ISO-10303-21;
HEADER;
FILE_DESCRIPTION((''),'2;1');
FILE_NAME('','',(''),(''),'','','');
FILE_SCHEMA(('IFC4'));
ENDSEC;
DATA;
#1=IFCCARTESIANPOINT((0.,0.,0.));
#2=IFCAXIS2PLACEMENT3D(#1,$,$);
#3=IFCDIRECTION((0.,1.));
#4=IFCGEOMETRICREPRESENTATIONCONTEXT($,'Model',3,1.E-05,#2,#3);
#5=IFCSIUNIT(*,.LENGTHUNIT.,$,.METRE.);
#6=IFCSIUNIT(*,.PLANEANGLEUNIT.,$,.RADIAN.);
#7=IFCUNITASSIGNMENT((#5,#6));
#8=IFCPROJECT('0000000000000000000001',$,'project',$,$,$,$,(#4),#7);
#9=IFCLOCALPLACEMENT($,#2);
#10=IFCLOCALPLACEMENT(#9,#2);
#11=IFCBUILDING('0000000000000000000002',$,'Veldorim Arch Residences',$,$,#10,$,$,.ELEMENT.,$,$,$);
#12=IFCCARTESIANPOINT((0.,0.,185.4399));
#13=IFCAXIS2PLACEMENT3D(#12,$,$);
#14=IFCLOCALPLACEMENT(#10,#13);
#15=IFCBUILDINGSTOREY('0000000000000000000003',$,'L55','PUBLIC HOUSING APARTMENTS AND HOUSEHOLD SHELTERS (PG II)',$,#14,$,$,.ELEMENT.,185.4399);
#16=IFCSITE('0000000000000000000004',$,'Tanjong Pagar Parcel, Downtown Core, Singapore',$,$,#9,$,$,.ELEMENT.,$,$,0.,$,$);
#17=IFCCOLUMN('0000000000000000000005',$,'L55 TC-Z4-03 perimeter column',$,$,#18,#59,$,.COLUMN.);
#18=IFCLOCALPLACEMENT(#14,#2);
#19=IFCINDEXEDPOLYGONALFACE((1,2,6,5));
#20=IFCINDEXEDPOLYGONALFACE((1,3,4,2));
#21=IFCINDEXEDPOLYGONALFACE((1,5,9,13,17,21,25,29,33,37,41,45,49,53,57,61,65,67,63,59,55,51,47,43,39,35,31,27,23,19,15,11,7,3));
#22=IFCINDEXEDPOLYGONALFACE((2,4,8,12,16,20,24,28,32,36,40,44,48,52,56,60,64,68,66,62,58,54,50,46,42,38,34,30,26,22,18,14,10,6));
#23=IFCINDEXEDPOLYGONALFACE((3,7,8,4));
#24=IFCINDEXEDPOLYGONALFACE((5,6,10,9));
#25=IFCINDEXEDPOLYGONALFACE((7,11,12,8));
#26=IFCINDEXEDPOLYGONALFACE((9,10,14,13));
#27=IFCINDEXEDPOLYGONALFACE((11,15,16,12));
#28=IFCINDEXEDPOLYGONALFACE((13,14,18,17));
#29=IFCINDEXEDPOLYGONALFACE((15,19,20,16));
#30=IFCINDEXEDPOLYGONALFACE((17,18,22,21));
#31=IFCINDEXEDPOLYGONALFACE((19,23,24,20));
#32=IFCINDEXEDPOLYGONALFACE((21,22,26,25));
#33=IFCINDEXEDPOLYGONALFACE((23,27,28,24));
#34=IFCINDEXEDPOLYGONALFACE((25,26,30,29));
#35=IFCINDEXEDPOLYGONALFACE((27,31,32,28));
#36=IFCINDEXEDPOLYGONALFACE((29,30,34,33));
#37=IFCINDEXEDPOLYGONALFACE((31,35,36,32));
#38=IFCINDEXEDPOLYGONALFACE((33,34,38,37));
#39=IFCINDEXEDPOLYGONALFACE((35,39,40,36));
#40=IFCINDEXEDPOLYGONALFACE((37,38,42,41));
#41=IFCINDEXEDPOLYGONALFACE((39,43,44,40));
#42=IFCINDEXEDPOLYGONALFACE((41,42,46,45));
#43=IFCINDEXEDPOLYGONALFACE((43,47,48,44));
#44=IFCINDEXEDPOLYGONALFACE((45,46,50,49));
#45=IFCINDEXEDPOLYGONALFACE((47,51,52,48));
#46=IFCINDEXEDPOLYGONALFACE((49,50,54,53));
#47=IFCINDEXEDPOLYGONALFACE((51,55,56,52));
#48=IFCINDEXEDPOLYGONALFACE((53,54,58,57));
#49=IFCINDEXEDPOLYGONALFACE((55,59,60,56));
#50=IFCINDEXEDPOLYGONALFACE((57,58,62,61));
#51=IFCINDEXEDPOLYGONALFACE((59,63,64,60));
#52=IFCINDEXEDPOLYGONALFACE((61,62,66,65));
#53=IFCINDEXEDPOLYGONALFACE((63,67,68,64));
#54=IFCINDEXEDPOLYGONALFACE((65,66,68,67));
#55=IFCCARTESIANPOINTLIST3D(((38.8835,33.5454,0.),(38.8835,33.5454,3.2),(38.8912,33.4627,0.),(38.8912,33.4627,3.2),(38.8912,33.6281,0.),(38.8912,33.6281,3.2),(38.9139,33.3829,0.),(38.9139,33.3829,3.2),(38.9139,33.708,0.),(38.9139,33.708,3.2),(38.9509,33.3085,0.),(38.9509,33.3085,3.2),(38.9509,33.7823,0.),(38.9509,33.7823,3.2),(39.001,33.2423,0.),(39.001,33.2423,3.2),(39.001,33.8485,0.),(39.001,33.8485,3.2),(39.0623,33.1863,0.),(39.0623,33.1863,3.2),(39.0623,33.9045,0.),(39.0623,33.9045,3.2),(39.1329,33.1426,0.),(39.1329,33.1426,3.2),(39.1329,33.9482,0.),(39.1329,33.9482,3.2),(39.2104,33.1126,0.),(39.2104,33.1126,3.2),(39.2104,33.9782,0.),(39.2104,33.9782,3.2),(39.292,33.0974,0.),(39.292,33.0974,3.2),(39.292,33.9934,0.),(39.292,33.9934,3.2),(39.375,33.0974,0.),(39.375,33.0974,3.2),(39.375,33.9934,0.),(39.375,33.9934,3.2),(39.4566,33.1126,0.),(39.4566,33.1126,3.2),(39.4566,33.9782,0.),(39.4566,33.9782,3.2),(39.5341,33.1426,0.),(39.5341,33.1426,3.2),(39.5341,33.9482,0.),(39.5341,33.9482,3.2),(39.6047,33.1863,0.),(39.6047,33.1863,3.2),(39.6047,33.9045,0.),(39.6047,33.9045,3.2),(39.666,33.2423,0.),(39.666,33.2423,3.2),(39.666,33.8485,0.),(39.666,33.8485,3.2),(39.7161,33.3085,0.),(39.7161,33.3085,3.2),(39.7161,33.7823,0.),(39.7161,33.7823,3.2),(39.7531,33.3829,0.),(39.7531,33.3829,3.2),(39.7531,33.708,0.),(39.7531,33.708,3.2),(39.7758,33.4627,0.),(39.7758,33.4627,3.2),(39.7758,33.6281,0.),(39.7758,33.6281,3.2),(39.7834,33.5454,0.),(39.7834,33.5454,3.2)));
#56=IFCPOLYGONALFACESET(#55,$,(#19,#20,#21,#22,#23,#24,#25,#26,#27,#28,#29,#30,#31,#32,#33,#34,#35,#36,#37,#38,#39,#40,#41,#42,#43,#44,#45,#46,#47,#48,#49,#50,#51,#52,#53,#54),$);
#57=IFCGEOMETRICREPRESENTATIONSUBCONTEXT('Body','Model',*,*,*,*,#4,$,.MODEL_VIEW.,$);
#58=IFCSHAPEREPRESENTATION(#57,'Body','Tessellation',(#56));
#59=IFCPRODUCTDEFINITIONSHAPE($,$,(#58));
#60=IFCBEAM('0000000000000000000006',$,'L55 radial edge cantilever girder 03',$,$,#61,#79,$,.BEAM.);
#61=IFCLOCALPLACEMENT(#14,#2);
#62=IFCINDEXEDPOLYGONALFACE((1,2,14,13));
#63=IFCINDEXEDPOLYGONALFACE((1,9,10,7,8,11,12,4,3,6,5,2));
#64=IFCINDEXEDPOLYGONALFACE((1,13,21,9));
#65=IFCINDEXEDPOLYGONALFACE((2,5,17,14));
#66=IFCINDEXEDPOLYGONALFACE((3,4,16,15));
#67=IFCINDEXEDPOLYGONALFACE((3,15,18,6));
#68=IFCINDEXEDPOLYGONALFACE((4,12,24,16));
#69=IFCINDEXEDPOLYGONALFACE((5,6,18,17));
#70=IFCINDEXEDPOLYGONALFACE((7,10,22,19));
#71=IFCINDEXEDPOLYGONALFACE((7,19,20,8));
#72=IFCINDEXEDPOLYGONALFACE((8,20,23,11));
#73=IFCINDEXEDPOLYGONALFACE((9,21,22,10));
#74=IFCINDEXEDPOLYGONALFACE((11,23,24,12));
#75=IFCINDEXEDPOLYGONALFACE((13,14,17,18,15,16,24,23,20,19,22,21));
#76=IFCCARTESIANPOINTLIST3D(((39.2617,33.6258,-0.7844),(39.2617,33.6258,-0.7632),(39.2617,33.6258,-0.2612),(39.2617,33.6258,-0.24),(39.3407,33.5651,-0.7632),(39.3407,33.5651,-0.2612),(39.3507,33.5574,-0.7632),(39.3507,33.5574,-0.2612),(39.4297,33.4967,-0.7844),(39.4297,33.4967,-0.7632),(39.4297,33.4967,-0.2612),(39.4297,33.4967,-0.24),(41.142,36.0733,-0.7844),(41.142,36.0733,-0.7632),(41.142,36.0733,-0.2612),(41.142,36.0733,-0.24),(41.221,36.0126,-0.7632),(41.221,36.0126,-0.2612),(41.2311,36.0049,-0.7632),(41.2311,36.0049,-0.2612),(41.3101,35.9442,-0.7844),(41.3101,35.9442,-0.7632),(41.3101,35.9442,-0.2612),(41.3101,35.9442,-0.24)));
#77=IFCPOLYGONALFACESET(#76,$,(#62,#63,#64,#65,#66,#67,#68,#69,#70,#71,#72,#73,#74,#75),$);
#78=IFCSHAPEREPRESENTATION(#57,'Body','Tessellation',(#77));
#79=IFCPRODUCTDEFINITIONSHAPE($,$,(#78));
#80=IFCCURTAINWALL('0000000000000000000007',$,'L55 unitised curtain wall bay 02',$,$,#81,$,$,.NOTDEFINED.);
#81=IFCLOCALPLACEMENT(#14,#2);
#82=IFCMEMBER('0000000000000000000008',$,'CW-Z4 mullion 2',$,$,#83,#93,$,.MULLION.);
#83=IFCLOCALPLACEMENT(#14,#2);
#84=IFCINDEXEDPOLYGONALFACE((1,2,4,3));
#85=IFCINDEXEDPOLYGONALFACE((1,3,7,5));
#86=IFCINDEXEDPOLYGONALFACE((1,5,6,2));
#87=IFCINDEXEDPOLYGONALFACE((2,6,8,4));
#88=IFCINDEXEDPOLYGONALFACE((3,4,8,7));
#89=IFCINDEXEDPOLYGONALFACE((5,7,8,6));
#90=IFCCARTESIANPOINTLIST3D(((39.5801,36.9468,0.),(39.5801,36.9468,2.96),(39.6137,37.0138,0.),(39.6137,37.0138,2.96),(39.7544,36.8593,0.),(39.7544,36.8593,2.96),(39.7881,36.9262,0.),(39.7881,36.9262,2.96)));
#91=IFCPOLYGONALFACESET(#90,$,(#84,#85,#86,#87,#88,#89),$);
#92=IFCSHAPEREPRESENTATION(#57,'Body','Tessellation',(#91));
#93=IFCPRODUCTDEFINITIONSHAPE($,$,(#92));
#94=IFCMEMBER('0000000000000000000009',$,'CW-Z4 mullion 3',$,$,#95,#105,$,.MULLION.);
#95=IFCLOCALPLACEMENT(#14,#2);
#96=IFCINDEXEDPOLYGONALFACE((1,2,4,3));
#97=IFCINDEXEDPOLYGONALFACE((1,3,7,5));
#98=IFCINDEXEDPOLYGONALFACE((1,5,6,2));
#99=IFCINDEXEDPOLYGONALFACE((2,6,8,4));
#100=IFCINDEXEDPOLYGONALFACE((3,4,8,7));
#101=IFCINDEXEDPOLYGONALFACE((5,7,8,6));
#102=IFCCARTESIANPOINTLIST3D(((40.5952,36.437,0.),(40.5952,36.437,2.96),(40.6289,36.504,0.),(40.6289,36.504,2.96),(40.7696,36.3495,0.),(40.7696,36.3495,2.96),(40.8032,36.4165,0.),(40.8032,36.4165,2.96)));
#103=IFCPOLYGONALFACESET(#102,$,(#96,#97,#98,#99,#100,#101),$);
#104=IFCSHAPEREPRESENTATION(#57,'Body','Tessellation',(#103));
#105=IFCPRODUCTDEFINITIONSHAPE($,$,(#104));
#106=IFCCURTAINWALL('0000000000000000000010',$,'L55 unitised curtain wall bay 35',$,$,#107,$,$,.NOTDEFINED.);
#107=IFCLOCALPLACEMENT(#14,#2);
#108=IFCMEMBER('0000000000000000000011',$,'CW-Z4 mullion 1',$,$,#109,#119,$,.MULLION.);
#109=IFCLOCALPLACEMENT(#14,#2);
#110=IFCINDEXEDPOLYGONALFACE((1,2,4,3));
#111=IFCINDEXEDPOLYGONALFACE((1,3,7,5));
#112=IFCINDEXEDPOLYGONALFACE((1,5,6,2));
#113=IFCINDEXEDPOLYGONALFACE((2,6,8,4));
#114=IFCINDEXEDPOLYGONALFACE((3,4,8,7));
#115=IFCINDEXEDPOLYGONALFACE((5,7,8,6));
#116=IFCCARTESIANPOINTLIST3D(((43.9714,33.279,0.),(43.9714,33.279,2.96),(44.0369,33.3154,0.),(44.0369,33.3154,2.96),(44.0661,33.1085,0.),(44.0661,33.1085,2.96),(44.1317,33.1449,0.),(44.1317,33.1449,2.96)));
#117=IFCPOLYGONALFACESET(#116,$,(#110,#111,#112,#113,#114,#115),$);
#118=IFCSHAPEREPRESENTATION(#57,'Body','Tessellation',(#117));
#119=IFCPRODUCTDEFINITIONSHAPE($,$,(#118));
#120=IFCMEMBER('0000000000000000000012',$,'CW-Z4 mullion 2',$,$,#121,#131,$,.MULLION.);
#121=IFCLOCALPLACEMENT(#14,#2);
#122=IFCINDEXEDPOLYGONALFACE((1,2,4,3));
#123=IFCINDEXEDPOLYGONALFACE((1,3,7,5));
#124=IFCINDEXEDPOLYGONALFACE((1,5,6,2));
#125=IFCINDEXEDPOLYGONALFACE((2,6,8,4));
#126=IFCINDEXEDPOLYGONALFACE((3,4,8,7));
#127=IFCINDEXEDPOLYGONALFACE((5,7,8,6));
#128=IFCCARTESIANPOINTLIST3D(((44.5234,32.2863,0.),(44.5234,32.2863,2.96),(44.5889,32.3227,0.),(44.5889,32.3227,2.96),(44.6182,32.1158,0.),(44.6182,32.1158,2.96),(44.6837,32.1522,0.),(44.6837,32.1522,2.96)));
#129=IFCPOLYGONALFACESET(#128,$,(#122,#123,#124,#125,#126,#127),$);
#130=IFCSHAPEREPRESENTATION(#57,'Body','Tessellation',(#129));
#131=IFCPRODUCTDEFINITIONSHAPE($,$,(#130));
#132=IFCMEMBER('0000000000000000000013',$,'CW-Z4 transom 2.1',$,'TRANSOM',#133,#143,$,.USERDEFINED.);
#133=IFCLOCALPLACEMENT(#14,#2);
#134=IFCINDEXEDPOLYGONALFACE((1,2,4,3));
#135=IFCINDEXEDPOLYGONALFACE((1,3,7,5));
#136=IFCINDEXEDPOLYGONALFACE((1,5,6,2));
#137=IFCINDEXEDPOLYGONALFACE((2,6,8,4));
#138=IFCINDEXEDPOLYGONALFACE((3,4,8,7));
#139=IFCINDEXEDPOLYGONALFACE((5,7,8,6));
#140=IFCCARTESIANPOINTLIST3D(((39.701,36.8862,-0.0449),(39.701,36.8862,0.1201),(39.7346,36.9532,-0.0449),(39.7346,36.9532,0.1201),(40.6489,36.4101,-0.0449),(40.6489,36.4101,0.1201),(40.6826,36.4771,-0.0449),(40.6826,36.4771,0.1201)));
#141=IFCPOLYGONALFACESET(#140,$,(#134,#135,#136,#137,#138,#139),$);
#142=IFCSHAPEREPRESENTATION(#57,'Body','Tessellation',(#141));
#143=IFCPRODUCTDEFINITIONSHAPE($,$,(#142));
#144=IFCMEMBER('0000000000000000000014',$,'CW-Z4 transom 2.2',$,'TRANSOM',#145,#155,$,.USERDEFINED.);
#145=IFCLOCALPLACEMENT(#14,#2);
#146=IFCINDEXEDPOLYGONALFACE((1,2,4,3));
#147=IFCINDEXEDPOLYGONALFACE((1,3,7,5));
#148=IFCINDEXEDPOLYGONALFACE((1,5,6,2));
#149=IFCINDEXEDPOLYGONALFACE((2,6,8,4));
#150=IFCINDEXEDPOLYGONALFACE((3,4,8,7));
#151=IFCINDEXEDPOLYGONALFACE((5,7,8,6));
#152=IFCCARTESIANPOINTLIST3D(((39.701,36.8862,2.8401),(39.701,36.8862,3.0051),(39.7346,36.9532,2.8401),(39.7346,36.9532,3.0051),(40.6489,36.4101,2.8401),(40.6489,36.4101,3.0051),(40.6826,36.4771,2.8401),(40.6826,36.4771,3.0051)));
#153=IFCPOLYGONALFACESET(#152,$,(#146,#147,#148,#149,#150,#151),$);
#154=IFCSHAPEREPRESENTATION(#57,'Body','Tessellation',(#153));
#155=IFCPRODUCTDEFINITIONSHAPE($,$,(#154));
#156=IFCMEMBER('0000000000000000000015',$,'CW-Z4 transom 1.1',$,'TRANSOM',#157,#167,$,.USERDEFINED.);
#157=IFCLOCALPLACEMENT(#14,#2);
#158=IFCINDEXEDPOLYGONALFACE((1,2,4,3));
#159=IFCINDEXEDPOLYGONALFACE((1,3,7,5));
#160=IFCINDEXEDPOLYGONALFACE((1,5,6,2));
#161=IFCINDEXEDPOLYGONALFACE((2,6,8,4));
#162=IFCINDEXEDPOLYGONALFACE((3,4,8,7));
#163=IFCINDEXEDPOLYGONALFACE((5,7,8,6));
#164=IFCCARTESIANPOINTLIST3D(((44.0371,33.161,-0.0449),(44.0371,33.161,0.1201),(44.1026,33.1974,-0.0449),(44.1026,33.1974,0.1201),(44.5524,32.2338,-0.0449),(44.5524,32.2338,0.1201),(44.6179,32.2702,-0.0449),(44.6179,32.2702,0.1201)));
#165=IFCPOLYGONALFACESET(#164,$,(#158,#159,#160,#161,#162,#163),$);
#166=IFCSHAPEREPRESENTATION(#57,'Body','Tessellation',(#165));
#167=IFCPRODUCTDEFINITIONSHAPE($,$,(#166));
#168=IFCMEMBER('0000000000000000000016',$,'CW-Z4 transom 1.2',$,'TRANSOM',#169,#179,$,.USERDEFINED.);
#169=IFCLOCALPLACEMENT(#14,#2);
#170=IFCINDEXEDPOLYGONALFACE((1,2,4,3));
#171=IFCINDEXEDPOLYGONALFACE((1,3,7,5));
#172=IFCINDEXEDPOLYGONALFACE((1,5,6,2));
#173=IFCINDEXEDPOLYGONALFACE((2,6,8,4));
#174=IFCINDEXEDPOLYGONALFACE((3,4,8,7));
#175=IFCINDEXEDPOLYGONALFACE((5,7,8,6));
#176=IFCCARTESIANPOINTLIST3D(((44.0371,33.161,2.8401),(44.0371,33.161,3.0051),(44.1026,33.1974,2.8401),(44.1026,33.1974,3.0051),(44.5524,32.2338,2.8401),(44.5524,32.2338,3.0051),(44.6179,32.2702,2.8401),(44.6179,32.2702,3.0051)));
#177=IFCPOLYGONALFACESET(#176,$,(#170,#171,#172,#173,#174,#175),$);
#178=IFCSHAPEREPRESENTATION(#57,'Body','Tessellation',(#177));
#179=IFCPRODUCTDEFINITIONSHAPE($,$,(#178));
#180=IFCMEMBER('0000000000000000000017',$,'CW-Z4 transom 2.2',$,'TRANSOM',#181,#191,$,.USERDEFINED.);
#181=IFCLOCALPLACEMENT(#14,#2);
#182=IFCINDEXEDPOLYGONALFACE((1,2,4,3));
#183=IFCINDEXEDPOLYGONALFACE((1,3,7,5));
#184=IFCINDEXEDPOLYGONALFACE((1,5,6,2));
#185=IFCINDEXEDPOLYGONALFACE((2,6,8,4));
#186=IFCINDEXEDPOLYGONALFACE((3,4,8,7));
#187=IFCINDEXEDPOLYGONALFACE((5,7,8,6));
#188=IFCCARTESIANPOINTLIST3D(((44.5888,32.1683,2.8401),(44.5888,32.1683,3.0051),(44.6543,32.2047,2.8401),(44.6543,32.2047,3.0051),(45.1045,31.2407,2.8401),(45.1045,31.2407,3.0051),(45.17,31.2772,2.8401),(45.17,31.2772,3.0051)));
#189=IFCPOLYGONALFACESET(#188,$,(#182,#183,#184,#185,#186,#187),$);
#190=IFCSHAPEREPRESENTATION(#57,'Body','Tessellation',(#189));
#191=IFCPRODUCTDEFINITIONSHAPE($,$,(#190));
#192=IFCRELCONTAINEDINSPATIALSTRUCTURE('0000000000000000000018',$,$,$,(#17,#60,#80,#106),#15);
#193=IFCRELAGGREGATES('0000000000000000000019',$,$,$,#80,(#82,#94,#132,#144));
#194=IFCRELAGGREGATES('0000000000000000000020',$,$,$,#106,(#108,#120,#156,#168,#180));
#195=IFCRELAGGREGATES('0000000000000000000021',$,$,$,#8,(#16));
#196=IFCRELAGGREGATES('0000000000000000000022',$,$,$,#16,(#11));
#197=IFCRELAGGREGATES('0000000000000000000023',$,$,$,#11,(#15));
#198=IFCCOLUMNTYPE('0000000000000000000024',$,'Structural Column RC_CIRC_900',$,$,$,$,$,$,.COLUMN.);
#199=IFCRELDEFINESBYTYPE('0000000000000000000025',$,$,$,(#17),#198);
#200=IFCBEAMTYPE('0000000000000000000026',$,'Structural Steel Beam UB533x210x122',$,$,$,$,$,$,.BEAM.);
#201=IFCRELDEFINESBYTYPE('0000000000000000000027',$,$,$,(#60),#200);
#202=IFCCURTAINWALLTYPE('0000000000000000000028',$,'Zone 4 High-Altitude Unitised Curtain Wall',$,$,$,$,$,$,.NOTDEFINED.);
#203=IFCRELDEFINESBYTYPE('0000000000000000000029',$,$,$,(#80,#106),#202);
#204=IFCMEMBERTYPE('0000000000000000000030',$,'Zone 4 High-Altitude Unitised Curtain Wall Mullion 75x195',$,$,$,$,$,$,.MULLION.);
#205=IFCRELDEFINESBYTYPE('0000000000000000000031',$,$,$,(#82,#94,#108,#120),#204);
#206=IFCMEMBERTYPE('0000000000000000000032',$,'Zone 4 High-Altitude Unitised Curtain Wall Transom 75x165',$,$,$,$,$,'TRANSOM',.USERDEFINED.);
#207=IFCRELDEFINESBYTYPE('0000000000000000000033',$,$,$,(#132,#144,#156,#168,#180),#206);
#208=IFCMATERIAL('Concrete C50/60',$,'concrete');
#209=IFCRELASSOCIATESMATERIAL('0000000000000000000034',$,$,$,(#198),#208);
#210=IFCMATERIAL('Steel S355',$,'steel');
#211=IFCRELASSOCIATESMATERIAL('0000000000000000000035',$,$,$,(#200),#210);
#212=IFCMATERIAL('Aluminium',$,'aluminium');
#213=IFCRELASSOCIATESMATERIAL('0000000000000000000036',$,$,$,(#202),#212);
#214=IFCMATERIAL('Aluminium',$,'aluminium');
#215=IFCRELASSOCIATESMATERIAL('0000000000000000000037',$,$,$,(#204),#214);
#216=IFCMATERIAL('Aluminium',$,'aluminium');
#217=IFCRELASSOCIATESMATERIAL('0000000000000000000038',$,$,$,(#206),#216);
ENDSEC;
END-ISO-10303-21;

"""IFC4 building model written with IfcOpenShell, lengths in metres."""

from ifc_helpers import new_model, si_unit, direction, frame, origin, origin_2d, place, context, subcontext, project, spatial, rectangle, circle, i_section, extrude, material, material_profile, profile_set, type_object, element, aggregate, save


model = new_model("IFC4")

# Units and contexts
model_context = context("Model", 3, precision=1e-05, world=origin(), true_north=direction((0.0, 1.0)))
body_context = subcontext(model_context, "Body", "Model", "MODEL_VIEW")
ifc_project = project(units=[si_unit("LENGTHUNIT", "METRE"), si_unit("PLANEANGLEUNIT", "RADIAN")], contexts=[model_context])

# Site, building, storey
site_placement = place(None, origin())
site = spatial("IfcSite", under=ifc_project, at=site_placement, Name="Tanjong Pagar Parcel, Downtown Core, Singapore", CompositionType="ELEMENT", RefElevation=0.0)
building_placement = place(site_placement, origin())
building = spatial("IfcBuilding", under=site, at=building_placement, Name="Veldorim Arch Residences", CompositionType="ELEMENT")
storey_placement = place(building_placement, frame((0.0, 0.0, 185.4399)))
storey = spatial("IfcBuildingStorey", under=building, at=storey_placement, Name="L55", Description="PUBLIC HOUSING APARTMENTS AND HOUSEHOLD SHELTERS (PG II)", CompositionType="ELEMENT", Elevation=185.4399)

# Column
ifc_material_1 = material(Name="Concrete C50/60", Category="concrete")
ifc_material_profile_1 = material_profile(ifc_material_1, circle(Radius=0.45, at=origin_2d()), Name="RC_CIRC_900")
ifc_profile_set_1 = profile_set([ifc_material_profile_1], Name="Concrete C50/60")
column_type = type_object("IfcColumnType", Name="Structural Column RC_CIRC_900", PredefinedType="COLUMN", material=ifc_profile_set_1)
column_placement = place(storey_placement, frame((39.3335, 33.5454, 0.0), z_axis=(0.0, 0.0, 1.0), x_axis=(1.0, 0.0, 0.0)))
element("IfcColumn", 1, at=column_placement, inside=storey, type_object=column_type, Name="L55 TC-Z4-03 perimeter column", PredefinedType="COLUMN", context=body_context, shape_type="SweptSolid", body=[
    extrude(circle(Radius=0.45, at=origin_2d()), origin(), (0.0, 0.0, 1.0), 3.2),
])

# Beam
ifc_material_2 = material(Name="Steel S355", Category="steel")
ifc_material_profile_2 = material_profile(ifc_material_2, i_section(OverallWidth=0.2119, OverallDepth=0.5444, WebThickness=0.0127, FlangeThickness=0.0212, at=origin_2d()), Name="UB533x210x122")
ifc_profile_set_2 = profile_set([ifc_material_profile_2], Name="Steel S355")
beam_type = type_object("IfcBeamType", Name="Structural Steel Beam UB533x210x122", PredefinedType="BEAM", material=ifc_profile_set_2)
beam_placement = place(storey_placement, frame((39.3457, 33.5613, -0.5122), z_axis=(0.609237, 0.792988, 0.0), x_axis=(-0.792988, 0.609237, 0.0)))
element("IfcBeam", 2, at=beam_placement, inside=storey, type_object=beam_type, Name="L55 radial edge cantilever girder 03", PredefinedType="BEAM", context=body_context, shape_type="SweptSolid", body=[
    extrude(i_section(OverallWidth=0.2119, OverallDepth=0.5444, WebThickness=0.0127, FlangeThickness=0.0212, at=origin_2d()), origin(), (0.0, 0.0, 1.0), 3.0864),
])

# Curtain walls, members
ifc_material_3 = material(Name="Aluminium", Category="aluminium")
curtain_wall_type = type_object("IfcCurtainWallType", Name="Zone 4 High-Altitude Unitised Curtain Wall", PredefinedType="NOTDEFINED", material=ifc_material_3)
curtain_wall_1_placement = place(storey_placement, origin())
curtain_wall_1 = element("IfcCurtainWall", 3, at=curtain_wall_1_placement, inside=storey, type_object=curtain_wall_type, Name="L55 unitised curtain wall bay 02", PredefinedType="NOTDEFINED")
ifc_material_4 = material(Name="Aluminium", Category="aluminium")
ifc_material_profile_3 = material_profile(ifc_material_4, rectangle(XDim=0.075, YDim=0.1951, at=origin_2d()), Name="ALU_MUL_75x195")
ifc_profile_set_3 = profile_set([ifc_material_profile_3], Name="Aluminium")
member_type_1 = type_object("IfcMemberType", Name="Zone 4 High-Altitude Unitised Curtain Wall Mullion 75x195", PredefinedType="MULLION", material=ifc_profile_set_3)
member_1_placement = place(storey_placement, frame((39.6841, 36.9365, 0.0), z_axis=(0.0, 0.0, 1.0), x_axis=(0.448866, 0.893599, 0.0)))
member_1 = element("IfcMember", 4, at=member_1_placement, type_object=member_type_1, Name="CW-Z4 mullion 2", PredefinedType="MULLION", context=body_context, shape_type="SweptSolid", body=[
    extrude(rectangle(XDim=0.075, YDim=0.1951, at=origin_2d()), origin(), (0.0, 0.0, 1.0), 2.96),
])
member_2_placement = place(storey_placement, frame((40.6992, 36.4268, 0.0), z_axis=(0.0, 0.0, 1.0), x_axis=(0.448866, 0.893599, 0.0)))
member_2 = element("IfcMember", 5, at=member_2_placement, type_object=member_type_1, Name="CW-Z4 mullion 3", PredefinedType="MULLION", context=body_context, shape_type="SweptSolid", body=[
    extrude(rectangle(XDim=0.075, YDim=0.1951, at=origin_2d()), origin(), (0.0, 0.0, 1.0), 2.96),
])
curtain_wall_2_placement = place(storey_placement, origin())
curtain_wall_2 = element("IfcCurtainWall", 6, at=curtain_wall_2_placement, inside=storey, type_object=curtain_wall_type, Name="L55 unitised curtain wall bay 35", PredefinedType="NOTDEFINED")
member_3_placement = place(storey_placement, frame((44.0515, 33.2119, 0.0), z_axis=(0.0, 0.0, 1.0), x_axis=(0.874023, 0.485885, 0.0)))
member_3 = element("IfcMember", 7, at=member_3_placement, type_object=member_type_1, Name="CW-Z4 mullion 1", PredefinedType="MULLION", context=body_context, shape_type="SweptSolid", body=[
    extrude(rectangle(XDim=0.075, YDim=0.1951, at=origin_2d()), origin(), (0.0, 0.0, 1.0), 2.96),
])
member_4_placement = place(storey_placement, frame((44.6035, 32.2192, 0.0), z_axis=(0.0, 0.0, 1.0), x_axis=(0.874023, 0.485885, 0.0)))
member_4 = element("IfcMember", 8, at=member_4_placement, type_object=member_type_1, Name="CW-Z4 mullion 2", PredefinedType="MULLION", context=body_context, shape_type="SweptSolid", body=[
    extrude(rectangle(XDim=0.075, YDim=0.1951, at=origin_2d()), origin(), (0.0, 0.0, 1.0), 2.96),
])

# Members
ifc_material_5 = material(Name="Aluminium", Category="aluminium")
ifc_material_profile_4 = material_profile(ifc_material_5, rectangle(XDim=0.075, YDim=0.165, at=origin_2d()), Name="ALU_TRN_75x165")
ifc_profile_set_4 = profile_set([ifc_material_profile_4], Name="Aluminium")
member_type_2 = type_object("IfcMemberType", Name="Zone 4 High-Altitude Unitised Curtain Wall Transom 75x165", ElementType="TRANSOM", PredefinedType="USERDEFINED", material=ifc_profile_set_4)
member_5_placement = place(storey_placement, frame((39.7178, 36.9197, 0.0376), z_axis=(0.893643, -0.448778, 0.0), x_axis=(0.448778, 0.893643, 0.0)))
member_5 = element("IfcMember", 9, at=member_5_placement, type_object=member_type_2, Name="CW-Z4 transom 2.1", ObjectType="TRANSOM", PredefinedType="USERDEFINED", context=body_context, shape_type="SweptSolid", body=[
    extrude(rectangle(XDim=0.075, YDim=0.165, at=origin_2d()), origin(), (0.0, 0.0, 1.0), 1.0608),
])
member_6_placement = place(storey_placement, frame((39.7178, 36.9197, 2.9226), z_axis=(0.893643, -0.448778, 0.0), x_axis=(0.448778, 0.893643, 0.0)))
member_6 = element("IfcMember", 10, at=member_6_placement, type_object=member_type_2, Name="CW-Z4 transom 2.2", ObjectType="TRANSOM", PredefinedType="USERDEFINED", context=body_context, shape_type="SweptSolid", body=[
    extrude(rectangle(XDim=0.075, YDim=0.165, at=origin_2d()), origin(), (0.0, 0.0, 1.0), 1.0608),
])
member_7_placement = place(storey_placement, frame((44.0698, 33.1792, 0.0376), z_axis=(0.485819, -0.87406, 0.0), x_axis=(0.87406, 0.485819, 0.0)))
member_7 = element("IfcMember", 11, at=member_7_placement, type_object=member_type_2, Name="CW-Z4 transom 1.1", ObjectType="TRANSOM", PredefinedType="USERDEFINED", context=body_context, shape_type="SweptSolid", body=[
    extrude(rectangle(XDim=0.075, YDim=0.165, at=origin_2d()), origin(), (0.0, 0.0, 1.0), 1.0608),
])
member_8_placement = place(storey_placement, frame((44.0698, 33.1792, 2.9226), z_axis=(0.485819, -0.87406, 0.0), x_axis=(0.87406, 0.485819, 0.0)))
member_8 = element("IfcMember", 12, at=member_8_placement, type_object=member_type_2, Name="CW-Z4 transom 1.2", ObjectType="TRANSOM", PredefinedType="USERDEFINED", context=body_context, shape_type="SweptSolid", body=[
    extrude(rectangle(XDim=0.075, YDim=0.165, at=origin_2d()), origin(), (0.0, 0.0, 1.0), 1.0608),
])
member_9_placement = place(storey_placement, frame((44.6216, 32.1865, 2.9226), z_axis=(0.485897, -0.874016, 0.0), x_axis=(0.874016, 0.485897, 0.0)))
member_9 = element("IfcMember", 13, at=member_9_placement, type_object=member_type_2, Name="CW-Z4 transom 2.2", ObjectType="TRANSOM", PredefinedType="USERDEFINED", context=body_context, shape_type="SweptSolid", body=[
    extrude(rectangle(XDim=0.075, YDim=0.165, at=origin_2d()), origin(), (0.0, 0.0, 1.0), 1.0613),
])

aggregate(curtain_wall_1, [member_1, member_2, member_5, member_6])
aggregate(curtain_wall_2, [member_3, member_4, member_7, member_8, member_9])

save(model, "model.ifc")
